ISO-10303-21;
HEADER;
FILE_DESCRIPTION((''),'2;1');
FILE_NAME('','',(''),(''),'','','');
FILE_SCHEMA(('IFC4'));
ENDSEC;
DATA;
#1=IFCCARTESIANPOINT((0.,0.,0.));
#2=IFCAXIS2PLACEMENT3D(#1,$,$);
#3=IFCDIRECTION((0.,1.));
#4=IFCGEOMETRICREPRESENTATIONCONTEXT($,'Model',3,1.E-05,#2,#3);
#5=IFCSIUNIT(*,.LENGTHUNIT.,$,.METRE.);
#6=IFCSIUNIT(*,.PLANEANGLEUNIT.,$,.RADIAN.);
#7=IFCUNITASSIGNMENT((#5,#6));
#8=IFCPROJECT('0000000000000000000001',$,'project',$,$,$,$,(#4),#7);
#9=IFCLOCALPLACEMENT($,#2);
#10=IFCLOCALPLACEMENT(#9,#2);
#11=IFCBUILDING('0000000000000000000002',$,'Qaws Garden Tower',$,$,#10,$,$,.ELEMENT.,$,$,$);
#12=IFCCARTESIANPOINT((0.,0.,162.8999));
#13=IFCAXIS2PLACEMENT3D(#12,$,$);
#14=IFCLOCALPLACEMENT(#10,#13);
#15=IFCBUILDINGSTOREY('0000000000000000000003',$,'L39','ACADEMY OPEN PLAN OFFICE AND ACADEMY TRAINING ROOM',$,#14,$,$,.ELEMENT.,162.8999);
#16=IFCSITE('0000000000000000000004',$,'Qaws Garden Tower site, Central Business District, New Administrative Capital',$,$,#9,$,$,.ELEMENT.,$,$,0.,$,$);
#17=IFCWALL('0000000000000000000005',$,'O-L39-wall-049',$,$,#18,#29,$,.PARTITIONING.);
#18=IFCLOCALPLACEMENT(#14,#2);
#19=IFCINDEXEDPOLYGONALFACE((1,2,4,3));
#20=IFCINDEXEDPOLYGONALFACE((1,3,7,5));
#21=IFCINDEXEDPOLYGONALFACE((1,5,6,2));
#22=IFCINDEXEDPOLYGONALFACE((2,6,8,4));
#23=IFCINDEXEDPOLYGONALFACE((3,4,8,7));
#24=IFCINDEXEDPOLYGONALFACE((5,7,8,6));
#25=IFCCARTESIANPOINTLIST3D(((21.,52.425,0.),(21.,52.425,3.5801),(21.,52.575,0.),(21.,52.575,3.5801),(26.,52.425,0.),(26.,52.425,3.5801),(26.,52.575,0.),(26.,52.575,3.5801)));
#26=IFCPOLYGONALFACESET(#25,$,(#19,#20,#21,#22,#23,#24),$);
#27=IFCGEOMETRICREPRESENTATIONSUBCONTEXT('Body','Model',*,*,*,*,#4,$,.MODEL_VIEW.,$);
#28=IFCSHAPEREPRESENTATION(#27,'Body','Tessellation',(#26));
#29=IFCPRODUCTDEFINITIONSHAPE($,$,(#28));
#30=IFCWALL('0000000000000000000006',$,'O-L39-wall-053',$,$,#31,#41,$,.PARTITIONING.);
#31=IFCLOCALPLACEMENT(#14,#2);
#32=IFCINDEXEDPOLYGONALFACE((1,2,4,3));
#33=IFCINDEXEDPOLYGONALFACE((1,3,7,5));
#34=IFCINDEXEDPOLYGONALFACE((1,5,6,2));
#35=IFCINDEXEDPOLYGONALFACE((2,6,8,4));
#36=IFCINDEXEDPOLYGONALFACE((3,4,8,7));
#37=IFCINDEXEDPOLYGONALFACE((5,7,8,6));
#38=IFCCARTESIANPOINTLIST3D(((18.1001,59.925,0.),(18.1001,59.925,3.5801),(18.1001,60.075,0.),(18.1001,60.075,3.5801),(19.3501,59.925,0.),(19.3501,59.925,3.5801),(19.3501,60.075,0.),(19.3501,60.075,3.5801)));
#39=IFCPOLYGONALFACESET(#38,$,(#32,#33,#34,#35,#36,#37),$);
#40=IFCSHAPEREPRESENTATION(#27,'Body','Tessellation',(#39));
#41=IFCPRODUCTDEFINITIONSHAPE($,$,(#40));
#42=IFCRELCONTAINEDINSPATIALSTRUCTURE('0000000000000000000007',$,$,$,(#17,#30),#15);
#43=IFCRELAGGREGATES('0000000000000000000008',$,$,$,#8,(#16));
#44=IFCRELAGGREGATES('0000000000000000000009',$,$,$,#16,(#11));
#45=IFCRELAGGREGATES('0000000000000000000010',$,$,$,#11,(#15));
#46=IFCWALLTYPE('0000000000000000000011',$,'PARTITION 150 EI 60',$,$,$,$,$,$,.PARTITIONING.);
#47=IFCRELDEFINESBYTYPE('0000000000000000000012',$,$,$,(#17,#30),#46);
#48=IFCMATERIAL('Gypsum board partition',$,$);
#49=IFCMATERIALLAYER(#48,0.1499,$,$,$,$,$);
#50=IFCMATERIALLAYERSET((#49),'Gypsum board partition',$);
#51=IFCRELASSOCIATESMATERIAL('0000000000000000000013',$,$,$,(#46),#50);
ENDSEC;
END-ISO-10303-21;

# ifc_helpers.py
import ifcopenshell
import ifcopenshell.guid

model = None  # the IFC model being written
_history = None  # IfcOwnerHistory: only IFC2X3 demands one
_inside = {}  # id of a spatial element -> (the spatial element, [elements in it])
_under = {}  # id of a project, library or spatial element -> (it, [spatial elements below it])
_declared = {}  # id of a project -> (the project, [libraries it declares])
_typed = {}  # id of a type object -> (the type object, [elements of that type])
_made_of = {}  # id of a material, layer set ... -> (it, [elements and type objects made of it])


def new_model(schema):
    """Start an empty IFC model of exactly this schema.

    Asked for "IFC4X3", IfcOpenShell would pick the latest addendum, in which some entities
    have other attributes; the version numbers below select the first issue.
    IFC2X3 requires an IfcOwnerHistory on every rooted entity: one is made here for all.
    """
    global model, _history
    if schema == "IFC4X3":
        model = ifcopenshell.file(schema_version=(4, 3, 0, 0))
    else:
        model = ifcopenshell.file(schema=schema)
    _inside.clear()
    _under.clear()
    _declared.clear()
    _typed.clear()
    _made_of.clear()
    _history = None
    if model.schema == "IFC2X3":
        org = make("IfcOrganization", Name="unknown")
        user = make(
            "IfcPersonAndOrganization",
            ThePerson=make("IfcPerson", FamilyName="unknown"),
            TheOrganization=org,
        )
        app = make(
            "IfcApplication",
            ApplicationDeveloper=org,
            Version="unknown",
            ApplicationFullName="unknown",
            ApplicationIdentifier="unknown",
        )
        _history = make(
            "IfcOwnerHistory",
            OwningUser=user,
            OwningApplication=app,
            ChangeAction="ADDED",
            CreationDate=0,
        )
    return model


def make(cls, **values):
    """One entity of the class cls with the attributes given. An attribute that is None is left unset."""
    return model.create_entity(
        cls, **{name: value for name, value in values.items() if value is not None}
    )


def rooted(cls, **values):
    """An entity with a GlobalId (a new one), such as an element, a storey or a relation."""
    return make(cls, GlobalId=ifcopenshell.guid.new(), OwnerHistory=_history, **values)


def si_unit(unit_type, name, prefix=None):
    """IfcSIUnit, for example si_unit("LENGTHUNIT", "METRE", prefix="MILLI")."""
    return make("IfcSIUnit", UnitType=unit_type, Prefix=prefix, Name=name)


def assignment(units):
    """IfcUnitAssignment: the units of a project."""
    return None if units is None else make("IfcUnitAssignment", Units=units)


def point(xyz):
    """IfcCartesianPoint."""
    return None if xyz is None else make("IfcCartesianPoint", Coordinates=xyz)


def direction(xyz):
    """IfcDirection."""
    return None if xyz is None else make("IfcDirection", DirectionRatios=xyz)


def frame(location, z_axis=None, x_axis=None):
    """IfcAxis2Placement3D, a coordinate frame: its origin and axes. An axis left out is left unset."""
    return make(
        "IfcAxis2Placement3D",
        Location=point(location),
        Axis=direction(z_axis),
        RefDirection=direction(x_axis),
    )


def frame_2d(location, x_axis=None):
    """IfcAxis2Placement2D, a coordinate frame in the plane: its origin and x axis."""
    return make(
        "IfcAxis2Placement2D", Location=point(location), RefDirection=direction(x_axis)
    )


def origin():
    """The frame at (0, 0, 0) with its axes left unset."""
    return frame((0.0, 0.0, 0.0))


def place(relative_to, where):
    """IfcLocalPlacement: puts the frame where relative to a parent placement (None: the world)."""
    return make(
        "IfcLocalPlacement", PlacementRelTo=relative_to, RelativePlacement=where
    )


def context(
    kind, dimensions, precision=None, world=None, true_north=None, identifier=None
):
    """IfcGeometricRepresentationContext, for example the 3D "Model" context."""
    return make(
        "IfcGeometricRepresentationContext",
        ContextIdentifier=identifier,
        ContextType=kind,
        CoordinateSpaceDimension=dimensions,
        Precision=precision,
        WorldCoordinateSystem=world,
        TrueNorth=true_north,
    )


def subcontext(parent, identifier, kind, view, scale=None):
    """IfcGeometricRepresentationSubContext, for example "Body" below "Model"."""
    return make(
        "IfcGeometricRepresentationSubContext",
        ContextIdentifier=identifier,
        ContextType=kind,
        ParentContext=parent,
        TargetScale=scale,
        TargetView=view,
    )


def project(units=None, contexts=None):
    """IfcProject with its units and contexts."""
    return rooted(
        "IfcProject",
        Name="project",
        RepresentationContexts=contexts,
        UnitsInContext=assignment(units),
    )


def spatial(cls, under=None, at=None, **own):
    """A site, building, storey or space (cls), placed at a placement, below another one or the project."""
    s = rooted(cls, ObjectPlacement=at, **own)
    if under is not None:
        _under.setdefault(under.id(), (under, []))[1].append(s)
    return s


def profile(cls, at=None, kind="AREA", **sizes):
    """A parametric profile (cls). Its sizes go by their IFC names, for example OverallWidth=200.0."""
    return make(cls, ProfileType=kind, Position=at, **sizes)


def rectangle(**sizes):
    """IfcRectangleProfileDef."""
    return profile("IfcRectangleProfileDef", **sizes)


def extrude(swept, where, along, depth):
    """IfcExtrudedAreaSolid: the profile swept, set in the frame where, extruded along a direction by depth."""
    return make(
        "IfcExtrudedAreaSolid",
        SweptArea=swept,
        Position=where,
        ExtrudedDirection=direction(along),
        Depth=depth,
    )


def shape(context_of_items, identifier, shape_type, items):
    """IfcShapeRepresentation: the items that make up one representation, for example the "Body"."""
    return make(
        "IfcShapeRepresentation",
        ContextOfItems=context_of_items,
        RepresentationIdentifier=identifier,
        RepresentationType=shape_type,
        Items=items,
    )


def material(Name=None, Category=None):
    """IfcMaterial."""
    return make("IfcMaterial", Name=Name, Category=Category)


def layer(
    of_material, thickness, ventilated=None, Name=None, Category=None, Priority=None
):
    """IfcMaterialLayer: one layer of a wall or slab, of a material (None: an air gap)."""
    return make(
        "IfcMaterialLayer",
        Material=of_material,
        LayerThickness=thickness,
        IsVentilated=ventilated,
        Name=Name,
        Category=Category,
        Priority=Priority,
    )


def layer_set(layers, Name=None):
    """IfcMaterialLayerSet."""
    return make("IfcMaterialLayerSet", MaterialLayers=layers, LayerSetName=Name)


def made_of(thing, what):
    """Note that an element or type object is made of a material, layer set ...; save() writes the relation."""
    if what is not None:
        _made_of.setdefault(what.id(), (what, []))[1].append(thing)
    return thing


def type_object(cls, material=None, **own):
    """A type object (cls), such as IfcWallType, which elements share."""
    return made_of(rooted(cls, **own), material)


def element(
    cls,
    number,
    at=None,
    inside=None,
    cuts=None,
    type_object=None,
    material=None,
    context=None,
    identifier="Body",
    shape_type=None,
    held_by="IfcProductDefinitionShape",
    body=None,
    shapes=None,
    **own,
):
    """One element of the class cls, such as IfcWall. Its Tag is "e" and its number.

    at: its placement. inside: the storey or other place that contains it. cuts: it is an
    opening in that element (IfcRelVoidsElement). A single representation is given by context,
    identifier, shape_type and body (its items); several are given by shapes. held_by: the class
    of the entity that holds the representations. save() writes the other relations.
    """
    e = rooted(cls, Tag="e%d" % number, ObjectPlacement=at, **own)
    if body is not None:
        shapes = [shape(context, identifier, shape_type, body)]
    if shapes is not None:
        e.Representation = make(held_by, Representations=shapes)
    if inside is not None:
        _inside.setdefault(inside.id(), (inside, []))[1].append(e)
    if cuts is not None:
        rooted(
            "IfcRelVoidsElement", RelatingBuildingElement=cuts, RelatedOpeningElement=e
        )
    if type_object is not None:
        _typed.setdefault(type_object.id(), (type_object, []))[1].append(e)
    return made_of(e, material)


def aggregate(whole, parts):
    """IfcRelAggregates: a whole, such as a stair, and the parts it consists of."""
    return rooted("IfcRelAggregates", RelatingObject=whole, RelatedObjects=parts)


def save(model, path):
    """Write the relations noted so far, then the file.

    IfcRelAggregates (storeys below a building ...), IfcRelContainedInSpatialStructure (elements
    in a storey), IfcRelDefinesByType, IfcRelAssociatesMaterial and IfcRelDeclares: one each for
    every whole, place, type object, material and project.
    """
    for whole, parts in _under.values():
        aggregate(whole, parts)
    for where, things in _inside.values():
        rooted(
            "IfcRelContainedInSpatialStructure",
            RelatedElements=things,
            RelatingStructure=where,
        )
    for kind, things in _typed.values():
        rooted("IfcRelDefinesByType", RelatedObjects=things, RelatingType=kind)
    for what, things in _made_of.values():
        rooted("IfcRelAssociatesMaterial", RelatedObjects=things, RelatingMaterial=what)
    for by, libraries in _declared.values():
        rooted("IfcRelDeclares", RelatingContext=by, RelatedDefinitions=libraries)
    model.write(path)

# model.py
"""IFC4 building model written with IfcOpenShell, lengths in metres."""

from ifc_helpers import new_model, si_unit, direction, frame, frame_2d, origin, place, context, subcontext, project, spatial, rectangle, extrude, material, layer, layer_set, type_object, element, save


model = new_model("IFC4")

# Units and contexts
model_context = context("Model", 3, precision=1e-05, world=origin(), true_north=direction((0.0, 1.0)))
body_context = subcontext(model_context, "Body", "Model", "MODEL_VIEW")
ifc_project = project(units=[si_unit("LENGTHUNIT", "METRE"), si_unit("PLANEANGLEUNIT", "RADIAN")], contexts=[model_context])

# Site, building, storey
site_placement = place(None, origin())
site = spatial("IfcSite", under=ifc_project, at=site_placement, Name="Qaws Garden Tower site, Central Business District, New Administrative Capital", CompositionType="ELEMENT", RefElevation=0.0)
building_placement = place(site_placement, origin())
building = spatial("IfcBuilding", under=site, at=building_placement, Name="Qaws Garden Tower", CompositionType="ELEMENT")
storey_placement = place(building_placement, frame((0.0, 0.0, 162.8999)))
storey = spatial("IfcBuildingStorey", under=building, at=storey_placement, Name="L39", Description="ACADEMY OPEN PLAN OFFICE AND ACADEMY TRAINING ROOM", CompositionType="ELEMENT", Elevation=162.8999)

# Shared definitions
ifc_material_1 = material(Name="Gypsum board partition")
ifc_layer_1 = layer(ifc_material_1, 0.1499)
ifc_layer_set_1 = layer_set([ifc_layer_1], Name="Gypsum board partition")
wall_type_1 = type_object("IfcWallType", Name="PARTITION 150 EI 60", PredefinedType="PARTITIONING", material=ifc_layer_set_1)

# Walls
for number, where, z_axis, x_axis, name in (
    (1, (21.0, 52.5, 0.0), (0.0, 0.0, 1.0), (1.0, 0.0, 0.0), "O-L39-wall-049"),
):
    element("IfcWall", number, at=place(storey_placement, frame(where, z_axis=z_axis, x_axis=x_axis)), inside=storey, type_object=wall_type_1, Name=name, PredefinedType="PARTITIONING", context=body_context, shape_type="SweptSolid", body=[
        extrude(rectangle(XDim=5.0, YDim=0.1499, at=frame_2d((2.5, 0.0))), origin(), (0.0, 0.0, 1.0), 3.5801),
    ])
wall_1_placement = place(storey_placement, frame((18.1001, 60.0, 0.0), z_axis=(0.0, 0.0, 1.0), x_axis=(1.0, 0.0, 0.0)))
element("IfcWall", 2, at=wall_1_placement, inside=storey, type_object=wall_type_1, Name="O-L39-wall-053", PredefinedType="PARTITIONING", context=body_context, shape_type="SweptSolid", body=[
    extrude(rectangle(XDim=1.25, YDim=0.1499, at=frame_2d((0.625, 0.0))), origin(), (0.0, 0.0, 1.0), 3.5801),
])

save(model, "model.ifc")
